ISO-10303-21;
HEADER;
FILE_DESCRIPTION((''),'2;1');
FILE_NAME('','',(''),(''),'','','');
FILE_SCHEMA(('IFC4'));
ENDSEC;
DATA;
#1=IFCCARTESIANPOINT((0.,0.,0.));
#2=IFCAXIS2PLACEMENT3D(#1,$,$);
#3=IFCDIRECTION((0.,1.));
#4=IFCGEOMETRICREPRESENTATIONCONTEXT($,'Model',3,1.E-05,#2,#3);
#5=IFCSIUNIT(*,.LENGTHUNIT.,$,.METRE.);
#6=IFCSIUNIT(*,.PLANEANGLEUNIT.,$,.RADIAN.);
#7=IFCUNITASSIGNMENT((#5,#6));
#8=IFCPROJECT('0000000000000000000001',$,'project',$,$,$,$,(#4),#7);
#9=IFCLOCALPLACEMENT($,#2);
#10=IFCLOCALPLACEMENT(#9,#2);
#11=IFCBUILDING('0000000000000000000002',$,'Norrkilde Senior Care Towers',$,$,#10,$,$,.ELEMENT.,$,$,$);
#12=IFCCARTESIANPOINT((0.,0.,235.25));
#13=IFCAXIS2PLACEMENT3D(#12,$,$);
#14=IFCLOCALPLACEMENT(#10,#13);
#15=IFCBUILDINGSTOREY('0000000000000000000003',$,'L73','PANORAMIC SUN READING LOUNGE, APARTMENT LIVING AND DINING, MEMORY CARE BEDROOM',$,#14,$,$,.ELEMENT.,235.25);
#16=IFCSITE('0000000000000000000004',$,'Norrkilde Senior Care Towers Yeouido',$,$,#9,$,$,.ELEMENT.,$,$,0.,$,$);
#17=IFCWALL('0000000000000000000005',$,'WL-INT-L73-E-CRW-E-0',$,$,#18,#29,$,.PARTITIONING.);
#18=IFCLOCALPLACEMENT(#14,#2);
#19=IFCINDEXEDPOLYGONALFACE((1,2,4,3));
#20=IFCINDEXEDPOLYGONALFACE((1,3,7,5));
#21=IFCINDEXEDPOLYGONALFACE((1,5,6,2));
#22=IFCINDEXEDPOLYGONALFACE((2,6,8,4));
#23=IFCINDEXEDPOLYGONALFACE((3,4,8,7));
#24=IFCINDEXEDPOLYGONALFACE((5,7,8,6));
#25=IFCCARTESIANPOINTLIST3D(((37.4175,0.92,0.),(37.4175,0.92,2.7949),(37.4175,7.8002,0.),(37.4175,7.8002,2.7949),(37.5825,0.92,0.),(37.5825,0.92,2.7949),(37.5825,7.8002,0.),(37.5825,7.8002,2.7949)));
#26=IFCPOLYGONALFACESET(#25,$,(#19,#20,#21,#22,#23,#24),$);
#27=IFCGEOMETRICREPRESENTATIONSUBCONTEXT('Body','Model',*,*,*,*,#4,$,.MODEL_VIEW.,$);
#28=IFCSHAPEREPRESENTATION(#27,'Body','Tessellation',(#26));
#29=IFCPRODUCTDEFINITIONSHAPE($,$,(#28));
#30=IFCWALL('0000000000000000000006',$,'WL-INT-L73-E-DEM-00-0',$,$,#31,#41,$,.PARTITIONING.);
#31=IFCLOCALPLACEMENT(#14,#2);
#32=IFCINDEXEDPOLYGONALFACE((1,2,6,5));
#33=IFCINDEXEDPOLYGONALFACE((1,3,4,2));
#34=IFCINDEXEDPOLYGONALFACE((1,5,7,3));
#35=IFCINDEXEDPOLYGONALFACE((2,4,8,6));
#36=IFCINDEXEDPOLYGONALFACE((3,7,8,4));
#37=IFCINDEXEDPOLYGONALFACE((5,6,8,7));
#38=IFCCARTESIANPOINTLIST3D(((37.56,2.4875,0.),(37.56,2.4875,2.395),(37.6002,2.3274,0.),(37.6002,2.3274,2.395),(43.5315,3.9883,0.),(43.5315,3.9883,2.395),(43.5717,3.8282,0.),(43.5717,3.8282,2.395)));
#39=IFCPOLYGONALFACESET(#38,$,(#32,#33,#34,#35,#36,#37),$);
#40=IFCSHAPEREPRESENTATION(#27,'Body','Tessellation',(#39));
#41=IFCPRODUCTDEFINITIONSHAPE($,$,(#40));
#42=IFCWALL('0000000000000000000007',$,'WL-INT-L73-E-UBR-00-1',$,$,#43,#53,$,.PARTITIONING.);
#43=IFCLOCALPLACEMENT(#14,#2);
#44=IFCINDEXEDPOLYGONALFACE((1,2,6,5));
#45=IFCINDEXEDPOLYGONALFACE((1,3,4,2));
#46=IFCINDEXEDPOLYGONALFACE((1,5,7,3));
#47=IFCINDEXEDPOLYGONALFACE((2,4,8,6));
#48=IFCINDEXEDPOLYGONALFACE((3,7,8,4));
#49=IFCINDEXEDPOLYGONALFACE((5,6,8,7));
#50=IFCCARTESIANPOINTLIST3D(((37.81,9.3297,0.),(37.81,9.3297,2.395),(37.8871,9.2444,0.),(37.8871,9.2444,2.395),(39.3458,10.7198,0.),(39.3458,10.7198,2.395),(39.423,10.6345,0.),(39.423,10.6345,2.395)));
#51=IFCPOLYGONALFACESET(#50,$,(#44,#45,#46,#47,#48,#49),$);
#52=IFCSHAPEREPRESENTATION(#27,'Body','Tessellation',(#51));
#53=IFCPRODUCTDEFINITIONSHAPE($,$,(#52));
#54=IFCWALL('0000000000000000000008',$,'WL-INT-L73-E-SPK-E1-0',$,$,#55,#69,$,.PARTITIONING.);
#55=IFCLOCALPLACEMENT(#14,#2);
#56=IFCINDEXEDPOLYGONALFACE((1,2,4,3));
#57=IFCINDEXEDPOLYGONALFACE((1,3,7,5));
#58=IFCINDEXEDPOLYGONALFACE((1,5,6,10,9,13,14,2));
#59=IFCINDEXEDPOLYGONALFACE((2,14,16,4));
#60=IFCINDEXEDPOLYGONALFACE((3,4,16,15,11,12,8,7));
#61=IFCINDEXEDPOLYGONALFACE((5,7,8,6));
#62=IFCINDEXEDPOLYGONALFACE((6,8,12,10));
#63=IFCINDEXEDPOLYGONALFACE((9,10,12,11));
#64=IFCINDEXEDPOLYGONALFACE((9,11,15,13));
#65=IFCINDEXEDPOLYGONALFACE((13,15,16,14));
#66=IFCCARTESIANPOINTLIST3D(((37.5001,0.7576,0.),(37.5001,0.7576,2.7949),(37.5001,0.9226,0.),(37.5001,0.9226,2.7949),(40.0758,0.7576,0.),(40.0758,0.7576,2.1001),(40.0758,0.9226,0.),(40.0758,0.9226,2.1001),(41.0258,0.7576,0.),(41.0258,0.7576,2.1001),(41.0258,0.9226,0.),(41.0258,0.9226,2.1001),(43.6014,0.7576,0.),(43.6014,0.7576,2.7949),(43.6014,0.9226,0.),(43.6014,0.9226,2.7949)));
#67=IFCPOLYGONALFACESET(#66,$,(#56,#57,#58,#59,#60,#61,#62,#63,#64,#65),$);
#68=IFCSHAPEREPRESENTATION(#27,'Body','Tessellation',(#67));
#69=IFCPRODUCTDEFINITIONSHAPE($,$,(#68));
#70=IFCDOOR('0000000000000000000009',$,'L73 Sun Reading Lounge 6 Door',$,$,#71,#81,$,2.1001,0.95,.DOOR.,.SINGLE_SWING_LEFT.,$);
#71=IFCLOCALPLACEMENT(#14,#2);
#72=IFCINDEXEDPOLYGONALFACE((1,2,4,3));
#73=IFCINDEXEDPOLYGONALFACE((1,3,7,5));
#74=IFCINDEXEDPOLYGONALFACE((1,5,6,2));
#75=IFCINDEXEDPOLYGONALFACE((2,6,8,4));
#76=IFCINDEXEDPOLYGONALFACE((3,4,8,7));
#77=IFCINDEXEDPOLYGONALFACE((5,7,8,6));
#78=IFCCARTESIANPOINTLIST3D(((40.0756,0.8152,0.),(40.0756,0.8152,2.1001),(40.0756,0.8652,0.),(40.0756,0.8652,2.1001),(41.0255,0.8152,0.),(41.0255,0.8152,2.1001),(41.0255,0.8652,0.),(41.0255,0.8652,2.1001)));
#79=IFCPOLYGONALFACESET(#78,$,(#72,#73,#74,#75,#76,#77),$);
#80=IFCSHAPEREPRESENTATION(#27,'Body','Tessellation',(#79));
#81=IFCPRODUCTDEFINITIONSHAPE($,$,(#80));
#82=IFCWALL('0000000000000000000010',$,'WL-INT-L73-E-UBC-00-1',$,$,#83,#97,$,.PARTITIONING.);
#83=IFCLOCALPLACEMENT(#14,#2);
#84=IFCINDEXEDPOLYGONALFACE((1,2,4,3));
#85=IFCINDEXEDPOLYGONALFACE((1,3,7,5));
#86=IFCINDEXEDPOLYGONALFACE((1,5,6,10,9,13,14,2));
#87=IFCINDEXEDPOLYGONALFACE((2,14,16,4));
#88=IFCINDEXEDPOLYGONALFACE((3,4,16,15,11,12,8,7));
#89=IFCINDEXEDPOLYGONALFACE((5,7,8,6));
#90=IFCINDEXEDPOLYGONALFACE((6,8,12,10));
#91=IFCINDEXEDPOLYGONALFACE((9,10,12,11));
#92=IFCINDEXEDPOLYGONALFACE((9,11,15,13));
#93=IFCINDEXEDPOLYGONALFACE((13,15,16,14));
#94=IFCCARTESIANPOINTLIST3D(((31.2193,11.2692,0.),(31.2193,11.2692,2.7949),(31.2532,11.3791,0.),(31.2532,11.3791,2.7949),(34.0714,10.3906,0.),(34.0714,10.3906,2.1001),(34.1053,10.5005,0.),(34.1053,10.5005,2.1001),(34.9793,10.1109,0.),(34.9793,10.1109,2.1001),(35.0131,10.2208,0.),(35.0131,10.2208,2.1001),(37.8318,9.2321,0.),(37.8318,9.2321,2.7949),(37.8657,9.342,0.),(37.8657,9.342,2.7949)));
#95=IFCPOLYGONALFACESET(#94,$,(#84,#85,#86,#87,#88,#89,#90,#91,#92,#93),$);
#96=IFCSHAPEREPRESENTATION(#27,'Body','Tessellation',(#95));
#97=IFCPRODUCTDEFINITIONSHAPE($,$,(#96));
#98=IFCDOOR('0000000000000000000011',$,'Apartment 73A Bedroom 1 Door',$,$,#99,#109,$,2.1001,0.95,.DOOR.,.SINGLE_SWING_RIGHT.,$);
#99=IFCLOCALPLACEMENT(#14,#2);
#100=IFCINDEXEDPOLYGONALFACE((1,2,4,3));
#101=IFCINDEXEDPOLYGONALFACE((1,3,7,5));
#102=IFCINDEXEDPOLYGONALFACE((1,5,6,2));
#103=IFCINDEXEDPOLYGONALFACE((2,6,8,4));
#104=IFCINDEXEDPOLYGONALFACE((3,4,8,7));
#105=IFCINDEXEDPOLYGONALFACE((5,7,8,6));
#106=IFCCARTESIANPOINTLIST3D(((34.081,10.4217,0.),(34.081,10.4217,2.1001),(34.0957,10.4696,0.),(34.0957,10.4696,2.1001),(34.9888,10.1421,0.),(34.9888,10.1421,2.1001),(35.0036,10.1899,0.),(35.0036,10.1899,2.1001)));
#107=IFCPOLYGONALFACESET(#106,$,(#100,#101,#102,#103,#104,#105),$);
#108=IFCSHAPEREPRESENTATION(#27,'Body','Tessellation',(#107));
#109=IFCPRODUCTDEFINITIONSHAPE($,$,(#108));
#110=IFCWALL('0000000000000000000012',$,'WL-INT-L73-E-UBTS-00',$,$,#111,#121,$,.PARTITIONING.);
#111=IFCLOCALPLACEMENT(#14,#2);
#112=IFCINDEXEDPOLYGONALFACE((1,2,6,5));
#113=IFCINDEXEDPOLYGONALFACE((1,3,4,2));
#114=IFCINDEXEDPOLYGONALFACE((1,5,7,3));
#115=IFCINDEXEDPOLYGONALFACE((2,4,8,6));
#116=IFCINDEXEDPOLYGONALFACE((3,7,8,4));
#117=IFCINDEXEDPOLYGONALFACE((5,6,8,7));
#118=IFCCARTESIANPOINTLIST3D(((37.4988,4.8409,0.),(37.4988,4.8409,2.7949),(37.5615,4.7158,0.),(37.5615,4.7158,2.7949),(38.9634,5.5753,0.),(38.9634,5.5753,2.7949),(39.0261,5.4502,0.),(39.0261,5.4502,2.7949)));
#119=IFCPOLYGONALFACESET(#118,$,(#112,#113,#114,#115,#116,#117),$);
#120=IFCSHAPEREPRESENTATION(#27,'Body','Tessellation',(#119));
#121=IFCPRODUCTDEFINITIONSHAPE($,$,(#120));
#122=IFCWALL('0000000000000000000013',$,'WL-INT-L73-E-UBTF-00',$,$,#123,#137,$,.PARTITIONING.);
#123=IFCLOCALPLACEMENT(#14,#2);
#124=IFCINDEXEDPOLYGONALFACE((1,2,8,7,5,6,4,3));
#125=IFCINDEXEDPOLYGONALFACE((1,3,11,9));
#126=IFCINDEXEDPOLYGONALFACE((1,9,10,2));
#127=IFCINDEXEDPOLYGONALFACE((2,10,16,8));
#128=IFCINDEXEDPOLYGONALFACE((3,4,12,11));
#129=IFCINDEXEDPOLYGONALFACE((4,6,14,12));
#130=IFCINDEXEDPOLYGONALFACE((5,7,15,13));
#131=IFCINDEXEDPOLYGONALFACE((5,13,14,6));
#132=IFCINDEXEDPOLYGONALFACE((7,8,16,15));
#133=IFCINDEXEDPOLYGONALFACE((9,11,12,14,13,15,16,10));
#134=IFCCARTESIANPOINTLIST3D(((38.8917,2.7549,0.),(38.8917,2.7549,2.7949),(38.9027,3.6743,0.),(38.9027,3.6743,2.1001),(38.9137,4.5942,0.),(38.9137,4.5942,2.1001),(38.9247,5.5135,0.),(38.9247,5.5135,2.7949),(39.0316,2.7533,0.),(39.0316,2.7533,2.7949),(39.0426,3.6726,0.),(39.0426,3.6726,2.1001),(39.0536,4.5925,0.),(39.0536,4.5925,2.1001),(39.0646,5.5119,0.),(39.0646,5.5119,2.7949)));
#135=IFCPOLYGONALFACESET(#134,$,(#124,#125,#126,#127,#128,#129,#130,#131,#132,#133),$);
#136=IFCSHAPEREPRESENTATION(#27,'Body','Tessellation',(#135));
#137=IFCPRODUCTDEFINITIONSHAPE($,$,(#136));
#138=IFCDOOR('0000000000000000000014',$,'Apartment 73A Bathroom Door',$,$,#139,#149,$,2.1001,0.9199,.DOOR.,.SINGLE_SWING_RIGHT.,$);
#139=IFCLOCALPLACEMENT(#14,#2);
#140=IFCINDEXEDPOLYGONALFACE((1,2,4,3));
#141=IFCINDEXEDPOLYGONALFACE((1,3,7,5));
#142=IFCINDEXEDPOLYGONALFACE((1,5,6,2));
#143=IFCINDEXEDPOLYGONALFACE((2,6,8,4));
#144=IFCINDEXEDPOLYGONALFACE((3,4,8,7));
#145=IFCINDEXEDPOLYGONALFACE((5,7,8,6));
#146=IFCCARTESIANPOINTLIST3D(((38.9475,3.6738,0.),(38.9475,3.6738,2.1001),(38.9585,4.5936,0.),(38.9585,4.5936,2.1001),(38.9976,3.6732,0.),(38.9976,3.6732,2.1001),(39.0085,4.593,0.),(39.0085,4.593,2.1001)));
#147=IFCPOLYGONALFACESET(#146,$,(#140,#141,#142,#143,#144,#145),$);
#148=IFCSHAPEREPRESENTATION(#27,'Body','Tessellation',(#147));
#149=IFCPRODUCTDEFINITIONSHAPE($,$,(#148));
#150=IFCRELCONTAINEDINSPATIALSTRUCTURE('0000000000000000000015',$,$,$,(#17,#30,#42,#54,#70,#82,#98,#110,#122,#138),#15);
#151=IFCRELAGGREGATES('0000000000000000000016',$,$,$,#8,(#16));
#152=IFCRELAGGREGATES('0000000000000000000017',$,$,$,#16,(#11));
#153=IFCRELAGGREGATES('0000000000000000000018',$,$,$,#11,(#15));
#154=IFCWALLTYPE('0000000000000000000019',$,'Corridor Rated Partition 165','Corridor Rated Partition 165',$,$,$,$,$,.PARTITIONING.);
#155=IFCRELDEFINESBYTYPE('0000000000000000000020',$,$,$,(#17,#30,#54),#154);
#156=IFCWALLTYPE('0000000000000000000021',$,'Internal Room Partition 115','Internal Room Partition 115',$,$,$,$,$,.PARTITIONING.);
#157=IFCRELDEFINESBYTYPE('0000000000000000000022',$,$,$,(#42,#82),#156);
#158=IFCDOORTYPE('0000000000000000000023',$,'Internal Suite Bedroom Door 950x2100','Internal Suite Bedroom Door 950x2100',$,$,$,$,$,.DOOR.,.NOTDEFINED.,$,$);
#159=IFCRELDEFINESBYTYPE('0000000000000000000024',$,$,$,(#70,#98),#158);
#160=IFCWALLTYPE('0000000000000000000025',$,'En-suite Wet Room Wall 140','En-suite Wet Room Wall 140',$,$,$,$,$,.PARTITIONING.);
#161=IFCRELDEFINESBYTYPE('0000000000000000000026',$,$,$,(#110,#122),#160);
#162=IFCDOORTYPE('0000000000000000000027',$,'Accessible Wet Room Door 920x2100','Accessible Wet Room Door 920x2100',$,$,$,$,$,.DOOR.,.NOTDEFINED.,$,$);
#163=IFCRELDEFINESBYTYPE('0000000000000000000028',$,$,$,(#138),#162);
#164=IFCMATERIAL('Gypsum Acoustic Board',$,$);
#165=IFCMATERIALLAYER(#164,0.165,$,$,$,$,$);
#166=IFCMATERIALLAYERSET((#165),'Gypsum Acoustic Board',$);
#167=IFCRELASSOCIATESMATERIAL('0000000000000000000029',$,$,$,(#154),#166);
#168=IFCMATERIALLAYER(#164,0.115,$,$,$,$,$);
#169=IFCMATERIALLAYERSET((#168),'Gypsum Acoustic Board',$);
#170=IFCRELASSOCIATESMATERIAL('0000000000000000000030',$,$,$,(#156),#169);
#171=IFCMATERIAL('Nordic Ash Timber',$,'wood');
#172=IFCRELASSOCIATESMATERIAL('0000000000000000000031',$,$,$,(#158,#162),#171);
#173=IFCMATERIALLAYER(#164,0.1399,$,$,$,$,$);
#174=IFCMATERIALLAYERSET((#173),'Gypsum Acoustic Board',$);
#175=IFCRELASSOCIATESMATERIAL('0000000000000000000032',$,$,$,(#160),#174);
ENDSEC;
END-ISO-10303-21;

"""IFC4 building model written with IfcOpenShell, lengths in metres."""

from ifc_helpers import new_model, si_unit, direction, frame, frame_2d, origin, place, context, subcontext, project, spatial, rectangle, extrude, source, transform, mapped, material, layer, layer_set, type_object, type_shapes, element, fill, save


model = new_model("IFC4")

# Units and contexts
model_context = context("Model", 3, precision=1e-05, world=origin(), true_north=direction((0.0, 1.0)))
body_context = subcontext(model_context, "Body", "Model", "MODEL_VIEW")
ifc_project = project(units=[si_unit("LENGTHUNIT", "METRE"), si_unit("PLANEANGLEUNIT", "RADIAN")], contexts=[model_context])

# Site, building, storey
site_placement = place(None, origin())
site = spatial("IfcSite", under=ifc_project, at=site_placement, Name="Norrkilde Senior Care Towers Yeouido", CompositionType="ELEMENT", RefElevation=0.0)
building_placement = place(site_placement, origin())
building = spatial("IfcBuilding", under=site, at=building_placement, Name="Norrkilde Senior Care Towers", CompositionType="ELEMENT")
storey_placement = place(building_placement, frame((0.0, 0.0, 235.25)))
storey = spatial("IfcBuildingStorey", under=building, at=storey_placement, Name="L73", Description="PANORAMIC SUN READING LOUNGE, APARTMENT LIVING AND DINING, MEMORY CARE BEDROOM", CompositionType="ELEMENT", Elevation=235.25)

# Walls
ifc_material_1 = material(Name="Gypsum Acoustic Board")
ifc_layer_1 = layer(ifc_material_1, 0.165)
ifc_layer_set_1 = layer_set([ifc_layer_1], Name="Gypsum Acoustic Board")
wall_type_1 = type_object("IfcWallType", Name="Corridor Rated Partition 165", Description="Corridor Rated Partition 165", PredefinedType="PARTITIONING", material=ifc_layer_set_1)
shared_shape_1 = source(origin(), body_context, "Body", "SweptSolid", [
    extrude(rectangle(XDim=6.8801, YDim=0.165, at=frame_2d((3.4399, 0.0))), origin(), (0.0, 0.0, 1.0), 2.7949),
])
wall_1_placement = place(storey_placement, frame((37.5, 7.8, 0.0), z_axis=(0.0, 0.0, 1.0), x_axis=(0.0, -1.0, 0.0)))
element("IfcWall", 1, at=wall_1_placement, inside=storey, type_object=wall_type_1, Name="WL-INT-L73-E-CRW-E-0", PredefinedType="PARTITIONING", context=body_context, shape_type="MappedRepresentation", body=[
    mapped(shared_shape_1, transform((0.0, 0.0, 0.0), x_axis=(1.0, 0.0, 0.0), y_axis=(0.0, 1.0, 0.0), z_axis=(0.0, 0.0, 1.0), scale=1.0)),
])
shared_shape_2 = source(origin(), body_context, "Body", "SweptSolid", [
    extrude(rectangle(XDim=6.1572, YDim=0.165, at=frame_2d((3.0786, 0.0))), origin(), (0.0, 0.0, 1.0), 2.395),
])
wall_2_placement = place(storey_placement, frame((37.5801, 2.4075, 0.0), z_axis=(0.0, 0.0, 1.0), x_axis=(0.969841, 0.243739, 0.0)))
element("IfcWall", 2, at=wall_2_placement, inside=storey, type_object=wall_type_1, Name="WL-INT-L73-E-DEM-00-0", PredefinedType="PARTITIONING", context=body_context, shape_type="MappedRepresentation", body=[
    mapped(shared_shape_2, transform((0.0, 0.0, 0.0), x_axis=(1.0, 0.0, 0.0), y_axis=(0.0, 1.0, 0.0), z_axis=(0.0, 0.0, 1.0), scale=1.0)),
])
ifc_layer_2 = layer(ifc_material_1, 0.115)
ifc_layer_set_2 = layer_set([ifc_layer_2], Name="Gypsum Acoustic Board")
wall_type_2 = type_object("IfcWallType", Name="Internal Room Partition 115", Description="Internal Room Partition 115", PredefinedType="PARTITIONING", material=ifc_layer_set_2)
shared_shape_3 = source(origin(), body_context, "Body", "SweptSolid", [
    extrude(rectangle(XDim=2.0715, YDim=0.115, at=frame_2d((1.0356, 0.0))), origin(), (0.0, 0.0, 1.0), 2.395),
])
wall_3_placement = place(storey_placement, frame((37.8486, 9.2871, 0.0), z_axis=(0.0, 0.0, 1.0), x_axis=(0.74141, 0.671052, 0.0)))
element("IfcWall", 3, at=wall_3_placement, inside=storey, type_object=wall_type_2, Name="WL-INT-L73-E-UBR-00-1", PredefinedType="PARTITIONING", context=body_context, shape_type="MappedRepresentation", body=[
    mapped(shared_shape_3, transform((0.0, 0.0, 0.0), x_axis=(1.0, 0.0, 0.0), y_axis=(0.0, 1.0, 0.0), z_axis=(0.0, 0.0, 1.0), scale=1.0)),
])

# Walls, openings, doors
shared_shape_4 = source(origin(), body_context, "Body", "SweptSolid", [
    extrude(rectangle(XDim=6.1013, YDim=0.165, at=frame_2d((3.0508, 0.0))), origin(), (0.0, 0.0, 1.0), 2.7949),
])
type_shapes(wall_type_1, [shared_shape_1, shared_shape_2, shared_shape_4])
wall_4_placement = place(storey_placement, frame((37.5, 0.8401, 0.0), z_axis=(0.0, 0.0, 1.0), x_axis=(1.0, 0.0, 0.0)))
wall_4 = element("IfcWall", 4, at=wall_4_placement, inside=storey, type_object=wall_type_1, Name="WL-INT-L73-E-SPK-E1-0", PredefinedType="PARTITIONING", context=body_context, shape_type="MappedRepresentation", body=[
    mapped(shared_shape_4, transform((0.0, 0.0, 0.0), x_axis=(1.0, 0.0, 0.0), y_axis=(0.0, 1.0, 0.0), z_axis=(0.0, 0.0, 1.0), scale=1.0)),
])
opening_1_placement = place(wall_4_placement, frame((2.5757, 0.0, 0.0)))
opening_1 = element("IfcOpeningElement", 5, at=opening_1_placement, cuts=wall_4, PredefinedType="OPENING", context=body_context, shape_type="SweptSolid", body=[
    extrude(rectangle(XDim=0.95, YDim=2.1001, at=frame_2d((0.4751, 1.05))), frame((0.0, 0.0925, 0.0), z_axis=(0.0, -1.0, 0.0), x_axis=(1.0, 0.0, 0.0)), (0.0, 0.0, 1.0), 0.1851),
])
ifc_material_2 = material(Name="Nordic Ash Timber", Category="wood")
door_type_1 = type_object("IfcDoorType", Name="Internal Suite Bedroom Door 950x2100", Description="Internal Suite Bedroom Door 950x2100", OperationType="NOTDEFINED", PredefinedType="DOOR", material=ifc_material_2)
shared_shape_5 = source(origin(), body_context, "Body", "SweptSolid", [
    extrude(rectangle(XDim=0.95, YDim=2.1001, at=frame_2d((0.4751, 1.05))), frame((0.0, 0.0249, 0.0), z_axis=(0.0, -1.0, 0.0), x_axis=(1.0, 0.0, 0.0)), (0.0, 0.0, 1.0), 0.05),
])
type_shapes(door_type_1, [shared_shape_5])
door_1_placement = place(opening_1_placement, frame((0.95, 0.0, 0.0), z_axis=(0.0, 0.0, 1.0), x_axis=(-1.0, 0.0, 0.0)))
door_1 = element("IfcDoor", 6, at=door_1_placement, inside=storey, type_object=door_type_1, Name="L73 Sun Reading Lounge 6 Door", OperationType="SINGLE_SWING_LEFT", OverallHeight=2.1001, OverallWidth=0.95, PredefinedType="DOOR", context=body_context, shape_type="MappedRepresentation", body=[
    mapped(shared_shape_5, transform((0.0, 0.0, 0.0), x_axis=(1.0, 0.0, 0.0), y_axis=(0.0, 1.0, 0.0), z_axis=(0.0, 0.0, 1.0), scale=1.0)),
])
fill(opening_1, door_1)
shared_shape_6 = source(origin(), body_context, "Body", "SweptSolid", [
    extrude(rectangle(XDim=6.9192, YDim=0.115, at=frame_2d((3.4595, 0.0))), origin(), (0.0, 0.0, 1.0), 2.7949),
])
wall_5_placement = place(storey_placement, frame((37.8486, 9.2871, 0.0), z_axis=(0.0, 0.0, 1.0), x_axis=(-0.955678, 0.294413, 0.0)))
wall_5 = element("IfcWall", 7, at=wall_5_placement, inside=storey, type_object=wall_type_2, Name="WL-INT-L73-E-UBC-00-1", PredefinedType="PARTITIONING", context=body_context, shape_type="MappedRepresentation", body=[
    mapped(shared_shape_6, transform((0.0, 0.0, 0.0), x_axis=(1.0, 0.0, 0.0), y_axis=(0.0, 1.0, 0.0), z_axis=(0.0, 0.0, 1.0), scale=1.0)),
])
opening_2_placement = place(wall_5_placement, frame((2.9846, 0.0, 0.0)))
opening_2 = element("IfcOpeningElement", 8, at=opening_2_placement, cuts=wall_5, PredefinedType="OPENING", context=body_context, shape_type="SweptSolid", body=[
    extrude(rectangle(XDim=0.95, YDim=2.1001, at=frame_2d((0.4751, 1.05))), frame((0.0, 0.0674, 0.0), z_axis=(0.0, -1.0, 0.0), x_axis=(1.0, 0.0, 0.0)), (0.0, 0.0, 1.0), 0.135),
])
door_2_placement = place(opening_2_placement, origin())
door_2 = element("IfcDoor", 9, at=door_2_placement, inside=storey, type_object=door_type_1, Name="Apartment 73A Bedroom 1 Door", OperationType="SINGLE_SWING_RIGHT", OverallHeight=2.1001, OverallWidth=0.95, PredefinedType="DOOR", context=body_context, shape_type="MappedRepresentation", body=[
    mapped(shared_shape_5, transform((0.0, 0.0, 0.0), x_axis=(1.0, 0.0, 0.0), y_axis=(0.0, 1.0, 0.0), z_axis=(0.0, 0.0, 1.0), scale=1.0)),
])
fill(opening_2, door_2)

# Wall
ifc_layer_3 = layer(ifc_material_1, 0.1399)
ifc_layer_set_3 = layer_set([ifc_layer_3], Name="Gypsum Acoustic Board")
wall_type_3 = type_object("IfcWallType", Name="En-suite Wet Room Wall 140", Description="En-suite Wet Room Wall 140", PredefinedType="PARTITIONING", material=ifc_layer_set_3)
shared_shape_7 = source(origin(), body_context, "Body", "SweptSolid", [
    extrude(rectangle(XDim=1.6384, YDim=0.1399, at=frame_2d((0.8193, 0.0))), origin(), (0.0, 0.0, 1.0), 2.7949),
])
wall_6_placement = place(storey_placement, frame((37.53, 4.7783, 0.0), z_axis=(0.0, 0.0, 1.0), x_axis=(0.89392, 0.448227, 0.0)))
element("IfcWall", 10, at=wall_6_placement, inside=storey, type_object=wall_type_3, Name="WL-INT-L73-E-UBTS-00", PredefinedType="PARTITIONING", context=body_context, shape_type="MappedRepresentation", body=[
    mapped(shared_shape_7, transform((0.0, 0.0, 0.0), x_axis=(1.0, 0.0, 0.0), y_axis=(0.0, 1.0, 0.0), z_axis=(0.0, 0.0, 1.0), scale=1.0)),
])

# Wall, opening, door
shared_shape_8 = source(origin(), body_context, "Body", "SweptSolid", [
    extrude(rectangle(XDim=2.7588, YDim=0.1399, at=frame_2d((1.3794, 0.0))), origin(), (0.0, 0.0, 1.0), 2.7949),
])
type_shapes(wall_type_3, [shared_shape_7, shared_shape_8])
wall_7_placement = place(storey_placement, frame((38.9946, 5.5127, 0.0), z_axis=(0.0, 0.0, 1.0), x_axis=(-0.011947, -0.999929, 0.0)))
wall_7 = element("IfcWall", 11, at=wall_7_placement, inside=storey, type_object=wall_type_3, Name="WL-INT-L73-E-UBTF-00", PredefinedType="PARTITIONING", context=body_context, shape_type="MappedRepresentation", body=[
    mapped(shared_shape_8, transform((0.0, 0.0, 0.0), x_axis=(1.0, 0.0, 0.0), y_axis=(0.0, 1.0, 0.0), z_axis=(0.0, 0.0, 1.0), scale=1.0)),
])
opening_3_placement = place(wall_7_placement, frame((0.9194, 0.0, 0.0)))
opening_3 = element("IfcOpeningElement", 12, at=opening_3_placement, cuts=wall_7, PredefinedType="OPENING", context=body_context, shape_type="SweptSolid", body=[
    extrude(rectangle(XDim=0.9199, YDim=2.1001, at=frame_2d((0.46, 1.05))), frame((0.0, 0.0798, 0.0), z_axis=(0.0, -1.0, 0.0), x_axis=(1.0, 0.0, 0.0)), (0.0, 0.0, 1.0), 0.1599),
])
door_type_2 = type_object("IfcDoorType", Name="Accessible Wet Room Door 920x2100", Description="Accessible Wet Room Door 920x2100", OperationType="NOTDEFINED", PredefinedType="DOOR", material=ifc_material_2)
shared_shape_9 = source(origin(), body_context, "Body", "SweptSolid", [
    extrude(rectangle(XDim=0.9199, YDim=2.1001, at=frame_2d((0.46, 1.05))), frame((0.0, 0.0249, 0.0), z_axis=(0.0, -1.0, 0.0), x_axis=(1.0, 0.0, 0.0)), (0.0, 0.0, 1.0), 0.05),
])
type_shapes(door_type_2, [shared_shape_9])
door_3_placement = place(opening_3_placement, origin())
door_3 = element("IfcDoor", 13, at=door_3_placement, inside=storey, type_object=door_type_2, Name="Apartment 73A Bathroom Door", OperationType="SINGLE_SWING_RIGHT", OverallHeight=2.1001, OverallWidth=0.9199, PredefinedType="DOOR", context=body_context, shape_type="MappedRepresentation", body=[
    mapped(shared_shape_9, transform((0.0, 0.0, 0.0), x_axis=(1.0, 0.0, 0.0), y_axis=(0.0, 1.0, 0.0), z_axis=(0.0, 0.0, 1.0), scale=1.0)),
])
fill(opening_3, door_3)

save(model, "model.ifc")
